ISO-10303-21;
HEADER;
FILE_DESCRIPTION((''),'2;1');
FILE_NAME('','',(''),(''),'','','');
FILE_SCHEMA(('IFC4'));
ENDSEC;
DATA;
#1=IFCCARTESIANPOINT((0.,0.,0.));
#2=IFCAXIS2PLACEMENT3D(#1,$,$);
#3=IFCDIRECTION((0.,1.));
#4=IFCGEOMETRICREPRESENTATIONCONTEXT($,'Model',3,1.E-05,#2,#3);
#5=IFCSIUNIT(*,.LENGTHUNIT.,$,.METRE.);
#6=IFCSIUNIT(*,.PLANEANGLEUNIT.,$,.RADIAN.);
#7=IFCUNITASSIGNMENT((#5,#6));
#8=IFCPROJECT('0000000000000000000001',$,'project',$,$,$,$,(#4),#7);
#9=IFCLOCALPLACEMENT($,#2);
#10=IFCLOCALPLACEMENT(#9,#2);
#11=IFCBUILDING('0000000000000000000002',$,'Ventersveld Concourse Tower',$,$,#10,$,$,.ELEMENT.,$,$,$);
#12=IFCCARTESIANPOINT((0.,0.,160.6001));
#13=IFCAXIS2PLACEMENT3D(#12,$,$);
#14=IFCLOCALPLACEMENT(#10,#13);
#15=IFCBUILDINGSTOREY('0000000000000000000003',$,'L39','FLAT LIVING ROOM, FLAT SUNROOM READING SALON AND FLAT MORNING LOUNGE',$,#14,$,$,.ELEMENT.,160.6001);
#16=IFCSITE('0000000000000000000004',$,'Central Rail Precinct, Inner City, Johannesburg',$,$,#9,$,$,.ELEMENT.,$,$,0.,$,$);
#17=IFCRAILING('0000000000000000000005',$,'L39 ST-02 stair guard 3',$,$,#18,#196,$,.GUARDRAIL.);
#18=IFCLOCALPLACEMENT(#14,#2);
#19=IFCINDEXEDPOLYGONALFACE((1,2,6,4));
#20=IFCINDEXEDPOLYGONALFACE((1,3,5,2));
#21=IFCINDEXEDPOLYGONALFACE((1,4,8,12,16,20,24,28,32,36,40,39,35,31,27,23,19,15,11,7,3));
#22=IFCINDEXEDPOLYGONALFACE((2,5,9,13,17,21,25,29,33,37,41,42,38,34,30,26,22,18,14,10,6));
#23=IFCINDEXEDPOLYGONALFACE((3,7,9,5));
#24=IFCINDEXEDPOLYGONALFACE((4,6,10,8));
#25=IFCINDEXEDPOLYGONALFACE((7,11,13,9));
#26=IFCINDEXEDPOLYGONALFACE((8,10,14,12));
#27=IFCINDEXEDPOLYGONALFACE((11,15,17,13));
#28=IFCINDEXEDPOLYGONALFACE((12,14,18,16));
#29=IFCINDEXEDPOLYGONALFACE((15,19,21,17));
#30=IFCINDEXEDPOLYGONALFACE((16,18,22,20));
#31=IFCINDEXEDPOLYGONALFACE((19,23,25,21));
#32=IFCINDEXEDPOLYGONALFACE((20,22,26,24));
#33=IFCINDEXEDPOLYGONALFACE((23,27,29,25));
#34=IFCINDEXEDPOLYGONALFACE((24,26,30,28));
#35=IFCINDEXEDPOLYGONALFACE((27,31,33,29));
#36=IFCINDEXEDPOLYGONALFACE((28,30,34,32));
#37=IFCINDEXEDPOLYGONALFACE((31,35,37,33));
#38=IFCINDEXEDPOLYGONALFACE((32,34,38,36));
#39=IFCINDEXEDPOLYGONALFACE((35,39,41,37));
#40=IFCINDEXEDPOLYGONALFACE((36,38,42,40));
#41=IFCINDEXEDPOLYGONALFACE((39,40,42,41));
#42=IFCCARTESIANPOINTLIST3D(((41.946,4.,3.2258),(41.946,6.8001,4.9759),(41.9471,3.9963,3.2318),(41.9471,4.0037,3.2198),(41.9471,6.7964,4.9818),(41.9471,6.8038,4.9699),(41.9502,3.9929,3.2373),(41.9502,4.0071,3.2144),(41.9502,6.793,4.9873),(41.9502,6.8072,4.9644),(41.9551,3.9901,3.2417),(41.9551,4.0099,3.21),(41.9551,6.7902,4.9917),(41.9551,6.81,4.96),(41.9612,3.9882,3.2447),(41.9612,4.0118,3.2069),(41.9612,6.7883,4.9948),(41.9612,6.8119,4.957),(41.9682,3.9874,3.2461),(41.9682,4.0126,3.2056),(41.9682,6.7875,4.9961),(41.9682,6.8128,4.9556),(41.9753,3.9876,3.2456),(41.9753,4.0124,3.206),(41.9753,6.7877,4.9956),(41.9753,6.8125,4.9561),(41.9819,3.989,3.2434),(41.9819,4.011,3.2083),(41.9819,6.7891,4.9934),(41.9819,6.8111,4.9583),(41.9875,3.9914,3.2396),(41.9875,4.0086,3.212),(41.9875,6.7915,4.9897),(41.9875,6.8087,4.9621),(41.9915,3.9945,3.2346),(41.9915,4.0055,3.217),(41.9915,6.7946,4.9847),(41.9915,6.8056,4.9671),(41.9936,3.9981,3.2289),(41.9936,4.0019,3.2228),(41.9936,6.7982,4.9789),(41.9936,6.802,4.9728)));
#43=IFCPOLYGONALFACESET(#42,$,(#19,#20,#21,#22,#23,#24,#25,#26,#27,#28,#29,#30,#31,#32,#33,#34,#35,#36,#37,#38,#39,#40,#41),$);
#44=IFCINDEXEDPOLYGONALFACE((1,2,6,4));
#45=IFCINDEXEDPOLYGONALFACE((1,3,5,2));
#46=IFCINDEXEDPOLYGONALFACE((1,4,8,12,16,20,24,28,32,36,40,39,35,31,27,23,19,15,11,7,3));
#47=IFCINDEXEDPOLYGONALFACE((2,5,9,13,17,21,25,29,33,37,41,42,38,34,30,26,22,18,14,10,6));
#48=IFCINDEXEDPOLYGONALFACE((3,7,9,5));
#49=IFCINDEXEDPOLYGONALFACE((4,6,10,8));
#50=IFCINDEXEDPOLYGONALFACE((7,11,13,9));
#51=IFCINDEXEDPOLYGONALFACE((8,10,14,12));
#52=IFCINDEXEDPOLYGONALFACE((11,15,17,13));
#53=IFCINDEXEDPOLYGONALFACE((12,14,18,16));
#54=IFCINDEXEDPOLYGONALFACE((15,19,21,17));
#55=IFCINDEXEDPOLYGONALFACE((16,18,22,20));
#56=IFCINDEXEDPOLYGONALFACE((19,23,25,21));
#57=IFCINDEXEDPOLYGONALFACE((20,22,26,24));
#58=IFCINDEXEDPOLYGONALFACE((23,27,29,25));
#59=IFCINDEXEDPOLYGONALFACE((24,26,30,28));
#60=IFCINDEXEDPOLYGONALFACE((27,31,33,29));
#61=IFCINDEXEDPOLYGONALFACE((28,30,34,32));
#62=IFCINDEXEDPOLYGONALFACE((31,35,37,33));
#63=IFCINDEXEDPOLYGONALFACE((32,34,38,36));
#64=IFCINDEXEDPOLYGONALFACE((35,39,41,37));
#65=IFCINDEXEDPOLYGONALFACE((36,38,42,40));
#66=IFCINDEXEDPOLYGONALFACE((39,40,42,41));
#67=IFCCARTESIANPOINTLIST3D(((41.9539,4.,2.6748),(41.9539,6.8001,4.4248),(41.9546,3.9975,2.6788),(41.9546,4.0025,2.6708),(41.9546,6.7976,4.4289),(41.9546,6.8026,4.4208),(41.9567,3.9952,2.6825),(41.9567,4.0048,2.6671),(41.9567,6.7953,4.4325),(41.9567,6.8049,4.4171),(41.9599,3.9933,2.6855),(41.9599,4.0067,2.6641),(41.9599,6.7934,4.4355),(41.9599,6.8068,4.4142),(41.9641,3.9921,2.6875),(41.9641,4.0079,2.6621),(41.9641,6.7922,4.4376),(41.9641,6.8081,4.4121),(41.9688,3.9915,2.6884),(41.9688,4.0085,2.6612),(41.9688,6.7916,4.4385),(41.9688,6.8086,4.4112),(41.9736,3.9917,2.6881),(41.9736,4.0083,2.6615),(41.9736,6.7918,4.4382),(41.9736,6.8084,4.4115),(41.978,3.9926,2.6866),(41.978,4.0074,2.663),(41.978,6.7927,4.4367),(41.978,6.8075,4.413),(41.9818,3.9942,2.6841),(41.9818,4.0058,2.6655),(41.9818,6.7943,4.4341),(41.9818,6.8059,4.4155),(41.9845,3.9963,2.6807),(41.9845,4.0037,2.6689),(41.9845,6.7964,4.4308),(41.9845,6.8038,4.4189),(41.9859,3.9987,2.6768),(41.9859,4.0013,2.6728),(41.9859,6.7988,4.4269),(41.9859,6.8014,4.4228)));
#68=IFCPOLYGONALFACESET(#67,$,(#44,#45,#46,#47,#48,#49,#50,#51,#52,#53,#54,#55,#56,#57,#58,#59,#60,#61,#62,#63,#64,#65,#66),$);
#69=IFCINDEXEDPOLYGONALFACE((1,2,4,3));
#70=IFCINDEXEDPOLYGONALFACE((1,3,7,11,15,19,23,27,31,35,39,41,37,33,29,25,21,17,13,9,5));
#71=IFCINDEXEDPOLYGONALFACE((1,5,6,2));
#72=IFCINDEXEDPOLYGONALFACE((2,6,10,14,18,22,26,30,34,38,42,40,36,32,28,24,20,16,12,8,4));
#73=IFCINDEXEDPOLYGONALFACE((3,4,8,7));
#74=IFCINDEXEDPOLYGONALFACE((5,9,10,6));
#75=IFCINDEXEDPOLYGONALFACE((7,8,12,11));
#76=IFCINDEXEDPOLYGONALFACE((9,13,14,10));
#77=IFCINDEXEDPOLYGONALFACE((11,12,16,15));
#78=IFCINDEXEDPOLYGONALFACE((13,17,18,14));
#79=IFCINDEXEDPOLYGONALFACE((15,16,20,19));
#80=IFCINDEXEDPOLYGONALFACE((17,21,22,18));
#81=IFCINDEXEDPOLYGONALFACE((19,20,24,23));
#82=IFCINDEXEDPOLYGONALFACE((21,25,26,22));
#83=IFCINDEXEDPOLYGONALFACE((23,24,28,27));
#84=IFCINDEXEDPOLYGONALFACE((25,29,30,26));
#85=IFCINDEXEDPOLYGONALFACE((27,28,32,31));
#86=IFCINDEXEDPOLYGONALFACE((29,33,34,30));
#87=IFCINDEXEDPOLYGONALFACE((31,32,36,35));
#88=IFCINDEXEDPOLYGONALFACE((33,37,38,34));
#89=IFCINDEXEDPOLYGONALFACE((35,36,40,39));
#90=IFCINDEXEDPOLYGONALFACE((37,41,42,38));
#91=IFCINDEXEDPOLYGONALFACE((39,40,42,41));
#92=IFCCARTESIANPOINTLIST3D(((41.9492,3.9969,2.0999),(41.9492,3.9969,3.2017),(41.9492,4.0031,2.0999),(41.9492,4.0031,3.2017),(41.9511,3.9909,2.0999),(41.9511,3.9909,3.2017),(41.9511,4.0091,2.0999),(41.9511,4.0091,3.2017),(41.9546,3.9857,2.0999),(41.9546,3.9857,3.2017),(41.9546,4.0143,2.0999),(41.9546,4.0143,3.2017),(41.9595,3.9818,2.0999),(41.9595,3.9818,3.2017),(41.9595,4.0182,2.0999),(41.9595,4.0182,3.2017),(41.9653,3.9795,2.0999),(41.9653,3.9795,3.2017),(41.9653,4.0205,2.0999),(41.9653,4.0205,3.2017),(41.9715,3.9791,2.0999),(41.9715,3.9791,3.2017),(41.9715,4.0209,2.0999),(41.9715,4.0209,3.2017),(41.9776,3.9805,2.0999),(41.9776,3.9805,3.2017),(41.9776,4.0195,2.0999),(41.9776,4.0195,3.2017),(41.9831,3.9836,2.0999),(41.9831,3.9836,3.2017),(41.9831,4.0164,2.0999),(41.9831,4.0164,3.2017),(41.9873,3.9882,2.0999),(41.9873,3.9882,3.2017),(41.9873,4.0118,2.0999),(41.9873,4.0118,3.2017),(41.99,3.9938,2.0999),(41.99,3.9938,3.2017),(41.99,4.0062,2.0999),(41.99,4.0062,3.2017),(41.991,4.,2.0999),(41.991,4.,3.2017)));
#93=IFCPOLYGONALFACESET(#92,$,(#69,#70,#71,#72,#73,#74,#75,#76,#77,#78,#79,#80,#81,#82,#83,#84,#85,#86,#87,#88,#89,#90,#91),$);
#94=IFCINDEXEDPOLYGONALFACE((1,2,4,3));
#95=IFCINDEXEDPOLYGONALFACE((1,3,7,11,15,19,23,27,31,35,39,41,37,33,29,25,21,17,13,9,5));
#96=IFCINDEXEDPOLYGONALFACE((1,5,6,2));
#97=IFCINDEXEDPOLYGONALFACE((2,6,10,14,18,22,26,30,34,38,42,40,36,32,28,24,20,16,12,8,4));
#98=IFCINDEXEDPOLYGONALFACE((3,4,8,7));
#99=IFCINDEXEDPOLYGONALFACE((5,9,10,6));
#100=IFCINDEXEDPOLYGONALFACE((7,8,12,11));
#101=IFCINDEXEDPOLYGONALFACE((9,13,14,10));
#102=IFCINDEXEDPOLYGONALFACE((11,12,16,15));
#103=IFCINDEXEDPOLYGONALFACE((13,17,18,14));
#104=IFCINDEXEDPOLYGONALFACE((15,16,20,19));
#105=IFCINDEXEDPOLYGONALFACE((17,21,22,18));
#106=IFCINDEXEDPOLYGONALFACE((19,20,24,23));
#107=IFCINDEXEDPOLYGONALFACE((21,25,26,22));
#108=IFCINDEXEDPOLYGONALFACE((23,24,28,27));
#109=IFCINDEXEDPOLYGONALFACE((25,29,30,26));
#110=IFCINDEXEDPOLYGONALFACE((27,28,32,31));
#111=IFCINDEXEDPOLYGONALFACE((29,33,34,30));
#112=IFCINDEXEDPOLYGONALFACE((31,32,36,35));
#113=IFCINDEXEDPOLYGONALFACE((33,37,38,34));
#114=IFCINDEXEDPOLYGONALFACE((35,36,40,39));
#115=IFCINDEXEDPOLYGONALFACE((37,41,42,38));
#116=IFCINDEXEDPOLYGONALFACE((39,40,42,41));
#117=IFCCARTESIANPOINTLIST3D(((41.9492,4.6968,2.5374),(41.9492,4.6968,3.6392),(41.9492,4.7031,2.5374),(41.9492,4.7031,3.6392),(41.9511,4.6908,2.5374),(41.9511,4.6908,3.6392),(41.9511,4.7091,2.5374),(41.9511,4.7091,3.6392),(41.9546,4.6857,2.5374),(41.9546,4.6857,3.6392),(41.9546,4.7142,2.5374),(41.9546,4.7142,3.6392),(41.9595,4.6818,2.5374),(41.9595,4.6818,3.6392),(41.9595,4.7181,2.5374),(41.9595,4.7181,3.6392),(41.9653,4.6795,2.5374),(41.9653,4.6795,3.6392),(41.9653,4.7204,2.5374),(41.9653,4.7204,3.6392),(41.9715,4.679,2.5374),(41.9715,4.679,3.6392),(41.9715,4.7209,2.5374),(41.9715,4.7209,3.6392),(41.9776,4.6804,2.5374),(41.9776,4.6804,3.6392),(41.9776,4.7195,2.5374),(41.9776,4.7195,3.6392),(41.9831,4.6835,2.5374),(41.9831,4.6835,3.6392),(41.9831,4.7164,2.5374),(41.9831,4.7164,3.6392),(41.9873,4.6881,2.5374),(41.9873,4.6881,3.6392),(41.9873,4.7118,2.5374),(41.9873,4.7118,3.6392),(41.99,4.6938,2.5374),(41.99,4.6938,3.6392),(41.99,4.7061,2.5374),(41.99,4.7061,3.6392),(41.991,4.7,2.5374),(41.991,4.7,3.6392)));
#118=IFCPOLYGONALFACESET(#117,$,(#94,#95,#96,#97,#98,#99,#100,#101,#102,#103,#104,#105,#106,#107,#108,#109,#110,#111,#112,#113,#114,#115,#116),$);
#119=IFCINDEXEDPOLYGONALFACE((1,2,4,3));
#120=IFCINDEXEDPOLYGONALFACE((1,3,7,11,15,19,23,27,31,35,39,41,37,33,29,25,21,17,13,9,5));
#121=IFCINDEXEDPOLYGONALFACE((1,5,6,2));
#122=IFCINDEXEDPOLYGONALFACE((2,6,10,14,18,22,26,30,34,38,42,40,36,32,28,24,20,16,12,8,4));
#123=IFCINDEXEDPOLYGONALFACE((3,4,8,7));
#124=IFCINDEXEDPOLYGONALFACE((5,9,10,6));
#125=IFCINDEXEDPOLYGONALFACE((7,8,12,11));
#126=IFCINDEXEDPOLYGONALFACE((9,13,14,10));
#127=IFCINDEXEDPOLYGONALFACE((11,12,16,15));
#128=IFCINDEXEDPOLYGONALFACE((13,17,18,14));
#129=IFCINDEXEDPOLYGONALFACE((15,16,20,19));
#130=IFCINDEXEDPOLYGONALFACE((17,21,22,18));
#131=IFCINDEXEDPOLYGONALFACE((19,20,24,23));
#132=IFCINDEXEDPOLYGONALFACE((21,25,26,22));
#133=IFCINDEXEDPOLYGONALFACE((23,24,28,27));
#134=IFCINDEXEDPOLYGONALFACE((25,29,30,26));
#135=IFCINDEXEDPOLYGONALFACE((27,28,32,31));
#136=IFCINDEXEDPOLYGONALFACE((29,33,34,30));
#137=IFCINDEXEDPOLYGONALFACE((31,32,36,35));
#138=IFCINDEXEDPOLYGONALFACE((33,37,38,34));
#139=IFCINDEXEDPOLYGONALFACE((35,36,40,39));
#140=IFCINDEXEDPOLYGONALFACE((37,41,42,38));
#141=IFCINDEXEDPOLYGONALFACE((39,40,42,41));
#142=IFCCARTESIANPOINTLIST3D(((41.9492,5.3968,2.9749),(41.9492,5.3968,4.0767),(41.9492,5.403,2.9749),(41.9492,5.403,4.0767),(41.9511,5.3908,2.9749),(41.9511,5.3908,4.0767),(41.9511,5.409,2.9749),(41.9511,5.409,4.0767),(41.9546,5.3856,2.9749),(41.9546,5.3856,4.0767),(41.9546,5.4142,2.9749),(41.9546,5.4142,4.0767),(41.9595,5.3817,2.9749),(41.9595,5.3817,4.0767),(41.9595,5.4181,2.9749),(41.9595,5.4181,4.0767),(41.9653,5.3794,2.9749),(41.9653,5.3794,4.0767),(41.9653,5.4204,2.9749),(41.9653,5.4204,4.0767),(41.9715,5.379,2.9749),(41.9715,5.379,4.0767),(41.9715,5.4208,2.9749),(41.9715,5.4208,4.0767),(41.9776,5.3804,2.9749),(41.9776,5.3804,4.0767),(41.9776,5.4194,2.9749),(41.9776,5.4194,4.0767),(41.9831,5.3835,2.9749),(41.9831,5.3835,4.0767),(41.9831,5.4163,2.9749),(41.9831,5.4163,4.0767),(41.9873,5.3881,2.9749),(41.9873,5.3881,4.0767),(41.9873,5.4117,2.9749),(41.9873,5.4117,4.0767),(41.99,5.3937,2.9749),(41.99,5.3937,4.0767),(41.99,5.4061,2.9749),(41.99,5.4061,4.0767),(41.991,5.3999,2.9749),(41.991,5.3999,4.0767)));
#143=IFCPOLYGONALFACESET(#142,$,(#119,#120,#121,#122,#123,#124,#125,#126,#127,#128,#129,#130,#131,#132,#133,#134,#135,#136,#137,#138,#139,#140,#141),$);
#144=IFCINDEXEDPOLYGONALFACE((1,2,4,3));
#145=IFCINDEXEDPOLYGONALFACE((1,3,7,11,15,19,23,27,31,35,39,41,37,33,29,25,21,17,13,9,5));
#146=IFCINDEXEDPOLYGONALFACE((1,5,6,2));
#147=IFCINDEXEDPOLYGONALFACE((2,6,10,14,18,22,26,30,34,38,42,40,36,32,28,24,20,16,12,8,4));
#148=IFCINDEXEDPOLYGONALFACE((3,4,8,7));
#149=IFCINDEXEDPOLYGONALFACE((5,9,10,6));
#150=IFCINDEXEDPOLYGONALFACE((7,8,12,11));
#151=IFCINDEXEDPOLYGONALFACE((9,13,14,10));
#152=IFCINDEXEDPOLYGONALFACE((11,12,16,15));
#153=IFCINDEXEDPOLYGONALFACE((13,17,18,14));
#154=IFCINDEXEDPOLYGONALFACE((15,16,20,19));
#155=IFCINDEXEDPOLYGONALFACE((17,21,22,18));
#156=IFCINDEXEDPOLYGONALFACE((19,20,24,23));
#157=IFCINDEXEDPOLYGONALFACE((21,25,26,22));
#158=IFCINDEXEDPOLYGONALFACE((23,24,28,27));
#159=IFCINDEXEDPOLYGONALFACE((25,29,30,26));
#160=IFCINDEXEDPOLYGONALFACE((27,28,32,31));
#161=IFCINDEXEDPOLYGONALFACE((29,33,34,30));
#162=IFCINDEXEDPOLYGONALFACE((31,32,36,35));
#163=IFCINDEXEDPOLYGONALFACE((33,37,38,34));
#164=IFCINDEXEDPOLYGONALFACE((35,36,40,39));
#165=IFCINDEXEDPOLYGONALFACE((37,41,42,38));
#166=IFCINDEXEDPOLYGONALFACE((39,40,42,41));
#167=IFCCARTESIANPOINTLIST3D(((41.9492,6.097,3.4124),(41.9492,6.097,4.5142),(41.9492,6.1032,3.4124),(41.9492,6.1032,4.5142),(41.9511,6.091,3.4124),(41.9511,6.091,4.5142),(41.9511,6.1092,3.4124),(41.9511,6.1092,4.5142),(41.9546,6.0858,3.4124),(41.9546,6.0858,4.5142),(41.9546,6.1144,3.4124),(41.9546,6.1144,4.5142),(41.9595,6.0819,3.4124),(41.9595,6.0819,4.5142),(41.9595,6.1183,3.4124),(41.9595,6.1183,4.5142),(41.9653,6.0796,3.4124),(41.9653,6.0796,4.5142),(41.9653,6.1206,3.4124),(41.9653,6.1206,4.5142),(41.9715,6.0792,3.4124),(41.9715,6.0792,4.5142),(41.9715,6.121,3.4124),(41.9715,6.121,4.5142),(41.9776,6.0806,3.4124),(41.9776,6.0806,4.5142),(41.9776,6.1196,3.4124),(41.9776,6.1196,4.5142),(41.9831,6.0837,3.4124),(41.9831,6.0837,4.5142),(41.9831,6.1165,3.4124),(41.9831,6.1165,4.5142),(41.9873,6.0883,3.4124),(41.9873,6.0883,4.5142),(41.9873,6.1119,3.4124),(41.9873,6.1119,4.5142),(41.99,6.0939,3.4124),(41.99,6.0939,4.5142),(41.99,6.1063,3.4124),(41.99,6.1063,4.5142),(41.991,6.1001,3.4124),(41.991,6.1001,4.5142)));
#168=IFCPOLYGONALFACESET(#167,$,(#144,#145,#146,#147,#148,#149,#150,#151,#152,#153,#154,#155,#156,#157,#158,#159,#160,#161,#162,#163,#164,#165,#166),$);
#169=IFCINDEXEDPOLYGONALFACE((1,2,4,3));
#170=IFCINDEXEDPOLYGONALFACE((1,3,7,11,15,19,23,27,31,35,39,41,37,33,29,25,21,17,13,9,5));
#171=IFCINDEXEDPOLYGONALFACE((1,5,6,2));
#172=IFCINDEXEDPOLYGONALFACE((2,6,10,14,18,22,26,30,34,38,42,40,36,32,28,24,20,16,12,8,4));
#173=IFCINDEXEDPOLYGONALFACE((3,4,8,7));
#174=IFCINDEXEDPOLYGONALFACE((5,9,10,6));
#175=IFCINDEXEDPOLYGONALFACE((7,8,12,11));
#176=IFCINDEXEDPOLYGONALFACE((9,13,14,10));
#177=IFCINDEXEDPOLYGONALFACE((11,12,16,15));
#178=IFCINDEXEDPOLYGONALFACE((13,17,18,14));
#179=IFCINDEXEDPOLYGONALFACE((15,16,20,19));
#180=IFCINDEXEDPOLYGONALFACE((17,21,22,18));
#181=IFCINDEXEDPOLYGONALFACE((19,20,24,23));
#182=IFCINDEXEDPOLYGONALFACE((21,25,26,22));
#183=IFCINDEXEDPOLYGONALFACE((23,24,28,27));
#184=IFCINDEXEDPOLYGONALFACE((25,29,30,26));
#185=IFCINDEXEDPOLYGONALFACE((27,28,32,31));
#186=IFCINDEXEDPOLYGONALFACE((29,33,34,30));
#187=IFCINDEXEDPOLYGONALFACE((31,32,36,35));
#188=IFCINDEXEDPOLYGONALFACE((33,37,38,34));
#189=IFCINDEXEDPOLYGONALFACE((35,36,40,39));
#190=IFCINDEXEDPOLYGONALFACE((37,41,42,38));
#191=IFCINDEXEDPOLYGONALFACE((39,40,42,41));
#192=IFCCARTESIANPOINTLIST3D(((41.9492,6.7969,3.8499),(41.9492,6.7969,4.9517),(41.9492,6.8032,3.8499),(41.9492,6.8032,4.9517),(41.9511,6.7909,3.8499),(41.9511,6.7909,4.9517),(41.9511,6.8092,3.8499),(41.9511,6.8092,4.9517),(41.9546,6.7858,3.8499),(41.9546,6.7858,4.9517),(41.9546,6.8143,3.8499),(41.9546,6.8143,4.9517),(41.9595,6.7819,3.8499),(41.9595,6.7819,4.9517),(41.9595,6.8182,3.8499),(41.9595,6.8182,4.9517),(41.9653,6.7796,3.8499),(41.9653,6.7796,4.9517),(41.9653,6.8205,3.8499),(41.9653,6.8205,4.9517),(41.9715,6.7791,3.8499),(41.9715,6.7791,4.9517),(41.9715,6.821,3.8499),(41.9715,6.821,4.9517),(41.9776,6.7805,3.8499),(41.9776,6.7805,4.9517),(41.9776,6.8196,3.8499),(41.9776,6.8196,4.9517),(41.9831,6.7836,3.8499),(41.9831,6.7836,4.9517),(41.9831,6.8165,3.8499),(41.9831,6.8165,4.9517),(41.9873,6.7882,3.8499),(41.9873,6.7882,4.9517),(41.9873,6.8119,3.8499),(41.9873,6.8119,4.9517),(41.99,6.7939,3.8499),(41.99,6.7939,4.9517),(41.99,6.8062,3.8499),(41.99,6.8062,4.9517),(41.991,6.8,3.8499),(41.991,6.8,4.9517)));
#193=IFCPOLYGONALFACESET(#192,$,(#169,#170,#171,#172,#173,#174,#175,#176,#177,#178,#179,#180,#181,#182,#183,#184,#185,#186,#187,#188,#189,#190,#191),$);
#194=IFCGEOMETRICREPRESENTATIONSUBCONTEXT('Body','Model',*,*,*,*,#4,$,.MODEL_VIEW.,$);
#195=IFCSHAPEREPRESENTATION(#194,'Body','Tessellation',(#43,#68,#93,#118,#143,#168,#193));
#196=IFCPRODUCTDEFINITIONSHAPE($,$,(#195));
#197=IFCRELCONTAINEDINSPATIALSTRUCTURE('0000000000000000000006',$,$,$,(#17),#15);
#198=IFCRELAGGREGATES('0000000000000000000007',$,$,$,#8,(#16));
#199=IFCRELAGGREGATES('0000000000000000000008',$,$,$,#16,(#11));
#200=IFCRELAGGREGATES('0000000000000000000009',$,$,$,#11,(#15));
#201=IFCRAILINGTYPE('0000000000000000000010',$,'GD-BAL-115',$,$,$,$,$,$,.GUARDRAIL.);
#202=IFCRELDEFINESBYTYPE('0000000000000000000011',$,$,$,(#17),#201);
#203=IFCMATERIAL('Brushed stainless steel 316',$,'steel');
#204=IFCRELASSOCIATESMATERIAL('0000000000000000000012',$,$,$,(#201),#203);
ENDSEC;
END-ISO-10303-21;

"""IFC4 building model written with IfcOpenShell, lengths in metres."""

from ifc_helpers import new_model, si_unit, direction, frame, origin, origin_2d, place, context, subcontext, project, spatial, circle, extrude, material, type_object, element, save


model = new_model("IFC4")

# Units and contexts
model_context = context("Model", 3, precision=1e-05, world=origin(), true_north=direction((0.0, 1.0)))
body_context = subcontext(model_context, "Body", "Model", "MODEL_VIEW")
ifc_project = project(units=[si_unit("LENGTHUNIT", "METRE"), si_unit("PLANEANGLEUNIT", "RADIAN")], contexts=[model_context])

# Site, building, storey
site_placement = place(None, origin())
site = spatial("IfcSite", under=ifc_project, at=site_placement, Name="Central Rail Precinct, Inner City, Johannesburg", CompositionType="ELEMENT", RefElevation=0.0)
building_placement = place(site_placement, origin())
building = spatial("IfcBuilding", under=site, at=building_placement, Name="Ventersveld Concourse Tower", CompositionType="ELEMENT")
storey_placement = place(building_placement, frame((0.0, 0.0, 160.6001)))
storey = spatial("IfcBuildingStorey", under=building, at=storey_placement, Name="L39", Description="FLAT LIVING ROOM, FLAT SUNROOM READING SALON AND FLAT MORNING LOUNGE", CompositionType="ELEMENT", Elevation=160.6001)

# Railing
ifc_material_1 = material(Name="Brushed stainless steel 316", Category="steel")
railing_type_1 = type_object("IfcRailingType", Name="GD-BAL-115", PredefinedType="GUARDRAIL", material=ifc_material_1)
railing_1_placement = place(storey_placement, frame((41.97, 4.0, 2.0999)))
element("IfcRailing", 1, at=railing_1_placement, inside=storey, type_object=railing_type_1, Name="L39 ST-02 stair guard 3", PredefinedType="GUARDRAIL", context=body_context, shape_type="SweptSolid", body=[
    extrude(circle(Radius=0.0239, at=origin_2d()), frame((0.0, 0.0, 1.126), z_axis=(0.0, 0.848002, 0.529992), x_axis=(-1.0, 0.0, 0.0)), (0.0, 0.0, 1.0), 3.302),
    extrude(circle(Radius=0.0161, at=origin_2d()), frame((0.0, 0.0, 0.575), z_axis=(0.0, 0.848002, 0.529992), x_axis=(-1.0, 0.0, 0.0)), (0.0, 0.0, 1.0), 3.302),
    extrude(circle(Radius=0.021, at=origin_2d()), origin(), (0.0, 0.0, 1.0), 1.1018),
    extrude(circle(Radius=0.021, at=origin_2d()), frame((0.0, 0.7, 0.4375)), (0.0, 0.0, 1.0), 1.1018),
    extrude(circle(Radius=0.021, at=origin_2d()), frame((0.0, 1.3999, 0.875)), (0.0, 0.0, 1.0), 1.1018),
    extrude(circle(Radius=0.021, at=origin_2d()), frame((0.0, 2.1001, 1.3125)), (0.0, 0.0, 1.0), 1.1018),
    extrude(circle(Radius=0.021, at=origin_2d()), frame((0.0, 2.8, 1.75)), (0.0, 0.0, 1.0), 1.1018),
])

save(model, "model.ifc")
